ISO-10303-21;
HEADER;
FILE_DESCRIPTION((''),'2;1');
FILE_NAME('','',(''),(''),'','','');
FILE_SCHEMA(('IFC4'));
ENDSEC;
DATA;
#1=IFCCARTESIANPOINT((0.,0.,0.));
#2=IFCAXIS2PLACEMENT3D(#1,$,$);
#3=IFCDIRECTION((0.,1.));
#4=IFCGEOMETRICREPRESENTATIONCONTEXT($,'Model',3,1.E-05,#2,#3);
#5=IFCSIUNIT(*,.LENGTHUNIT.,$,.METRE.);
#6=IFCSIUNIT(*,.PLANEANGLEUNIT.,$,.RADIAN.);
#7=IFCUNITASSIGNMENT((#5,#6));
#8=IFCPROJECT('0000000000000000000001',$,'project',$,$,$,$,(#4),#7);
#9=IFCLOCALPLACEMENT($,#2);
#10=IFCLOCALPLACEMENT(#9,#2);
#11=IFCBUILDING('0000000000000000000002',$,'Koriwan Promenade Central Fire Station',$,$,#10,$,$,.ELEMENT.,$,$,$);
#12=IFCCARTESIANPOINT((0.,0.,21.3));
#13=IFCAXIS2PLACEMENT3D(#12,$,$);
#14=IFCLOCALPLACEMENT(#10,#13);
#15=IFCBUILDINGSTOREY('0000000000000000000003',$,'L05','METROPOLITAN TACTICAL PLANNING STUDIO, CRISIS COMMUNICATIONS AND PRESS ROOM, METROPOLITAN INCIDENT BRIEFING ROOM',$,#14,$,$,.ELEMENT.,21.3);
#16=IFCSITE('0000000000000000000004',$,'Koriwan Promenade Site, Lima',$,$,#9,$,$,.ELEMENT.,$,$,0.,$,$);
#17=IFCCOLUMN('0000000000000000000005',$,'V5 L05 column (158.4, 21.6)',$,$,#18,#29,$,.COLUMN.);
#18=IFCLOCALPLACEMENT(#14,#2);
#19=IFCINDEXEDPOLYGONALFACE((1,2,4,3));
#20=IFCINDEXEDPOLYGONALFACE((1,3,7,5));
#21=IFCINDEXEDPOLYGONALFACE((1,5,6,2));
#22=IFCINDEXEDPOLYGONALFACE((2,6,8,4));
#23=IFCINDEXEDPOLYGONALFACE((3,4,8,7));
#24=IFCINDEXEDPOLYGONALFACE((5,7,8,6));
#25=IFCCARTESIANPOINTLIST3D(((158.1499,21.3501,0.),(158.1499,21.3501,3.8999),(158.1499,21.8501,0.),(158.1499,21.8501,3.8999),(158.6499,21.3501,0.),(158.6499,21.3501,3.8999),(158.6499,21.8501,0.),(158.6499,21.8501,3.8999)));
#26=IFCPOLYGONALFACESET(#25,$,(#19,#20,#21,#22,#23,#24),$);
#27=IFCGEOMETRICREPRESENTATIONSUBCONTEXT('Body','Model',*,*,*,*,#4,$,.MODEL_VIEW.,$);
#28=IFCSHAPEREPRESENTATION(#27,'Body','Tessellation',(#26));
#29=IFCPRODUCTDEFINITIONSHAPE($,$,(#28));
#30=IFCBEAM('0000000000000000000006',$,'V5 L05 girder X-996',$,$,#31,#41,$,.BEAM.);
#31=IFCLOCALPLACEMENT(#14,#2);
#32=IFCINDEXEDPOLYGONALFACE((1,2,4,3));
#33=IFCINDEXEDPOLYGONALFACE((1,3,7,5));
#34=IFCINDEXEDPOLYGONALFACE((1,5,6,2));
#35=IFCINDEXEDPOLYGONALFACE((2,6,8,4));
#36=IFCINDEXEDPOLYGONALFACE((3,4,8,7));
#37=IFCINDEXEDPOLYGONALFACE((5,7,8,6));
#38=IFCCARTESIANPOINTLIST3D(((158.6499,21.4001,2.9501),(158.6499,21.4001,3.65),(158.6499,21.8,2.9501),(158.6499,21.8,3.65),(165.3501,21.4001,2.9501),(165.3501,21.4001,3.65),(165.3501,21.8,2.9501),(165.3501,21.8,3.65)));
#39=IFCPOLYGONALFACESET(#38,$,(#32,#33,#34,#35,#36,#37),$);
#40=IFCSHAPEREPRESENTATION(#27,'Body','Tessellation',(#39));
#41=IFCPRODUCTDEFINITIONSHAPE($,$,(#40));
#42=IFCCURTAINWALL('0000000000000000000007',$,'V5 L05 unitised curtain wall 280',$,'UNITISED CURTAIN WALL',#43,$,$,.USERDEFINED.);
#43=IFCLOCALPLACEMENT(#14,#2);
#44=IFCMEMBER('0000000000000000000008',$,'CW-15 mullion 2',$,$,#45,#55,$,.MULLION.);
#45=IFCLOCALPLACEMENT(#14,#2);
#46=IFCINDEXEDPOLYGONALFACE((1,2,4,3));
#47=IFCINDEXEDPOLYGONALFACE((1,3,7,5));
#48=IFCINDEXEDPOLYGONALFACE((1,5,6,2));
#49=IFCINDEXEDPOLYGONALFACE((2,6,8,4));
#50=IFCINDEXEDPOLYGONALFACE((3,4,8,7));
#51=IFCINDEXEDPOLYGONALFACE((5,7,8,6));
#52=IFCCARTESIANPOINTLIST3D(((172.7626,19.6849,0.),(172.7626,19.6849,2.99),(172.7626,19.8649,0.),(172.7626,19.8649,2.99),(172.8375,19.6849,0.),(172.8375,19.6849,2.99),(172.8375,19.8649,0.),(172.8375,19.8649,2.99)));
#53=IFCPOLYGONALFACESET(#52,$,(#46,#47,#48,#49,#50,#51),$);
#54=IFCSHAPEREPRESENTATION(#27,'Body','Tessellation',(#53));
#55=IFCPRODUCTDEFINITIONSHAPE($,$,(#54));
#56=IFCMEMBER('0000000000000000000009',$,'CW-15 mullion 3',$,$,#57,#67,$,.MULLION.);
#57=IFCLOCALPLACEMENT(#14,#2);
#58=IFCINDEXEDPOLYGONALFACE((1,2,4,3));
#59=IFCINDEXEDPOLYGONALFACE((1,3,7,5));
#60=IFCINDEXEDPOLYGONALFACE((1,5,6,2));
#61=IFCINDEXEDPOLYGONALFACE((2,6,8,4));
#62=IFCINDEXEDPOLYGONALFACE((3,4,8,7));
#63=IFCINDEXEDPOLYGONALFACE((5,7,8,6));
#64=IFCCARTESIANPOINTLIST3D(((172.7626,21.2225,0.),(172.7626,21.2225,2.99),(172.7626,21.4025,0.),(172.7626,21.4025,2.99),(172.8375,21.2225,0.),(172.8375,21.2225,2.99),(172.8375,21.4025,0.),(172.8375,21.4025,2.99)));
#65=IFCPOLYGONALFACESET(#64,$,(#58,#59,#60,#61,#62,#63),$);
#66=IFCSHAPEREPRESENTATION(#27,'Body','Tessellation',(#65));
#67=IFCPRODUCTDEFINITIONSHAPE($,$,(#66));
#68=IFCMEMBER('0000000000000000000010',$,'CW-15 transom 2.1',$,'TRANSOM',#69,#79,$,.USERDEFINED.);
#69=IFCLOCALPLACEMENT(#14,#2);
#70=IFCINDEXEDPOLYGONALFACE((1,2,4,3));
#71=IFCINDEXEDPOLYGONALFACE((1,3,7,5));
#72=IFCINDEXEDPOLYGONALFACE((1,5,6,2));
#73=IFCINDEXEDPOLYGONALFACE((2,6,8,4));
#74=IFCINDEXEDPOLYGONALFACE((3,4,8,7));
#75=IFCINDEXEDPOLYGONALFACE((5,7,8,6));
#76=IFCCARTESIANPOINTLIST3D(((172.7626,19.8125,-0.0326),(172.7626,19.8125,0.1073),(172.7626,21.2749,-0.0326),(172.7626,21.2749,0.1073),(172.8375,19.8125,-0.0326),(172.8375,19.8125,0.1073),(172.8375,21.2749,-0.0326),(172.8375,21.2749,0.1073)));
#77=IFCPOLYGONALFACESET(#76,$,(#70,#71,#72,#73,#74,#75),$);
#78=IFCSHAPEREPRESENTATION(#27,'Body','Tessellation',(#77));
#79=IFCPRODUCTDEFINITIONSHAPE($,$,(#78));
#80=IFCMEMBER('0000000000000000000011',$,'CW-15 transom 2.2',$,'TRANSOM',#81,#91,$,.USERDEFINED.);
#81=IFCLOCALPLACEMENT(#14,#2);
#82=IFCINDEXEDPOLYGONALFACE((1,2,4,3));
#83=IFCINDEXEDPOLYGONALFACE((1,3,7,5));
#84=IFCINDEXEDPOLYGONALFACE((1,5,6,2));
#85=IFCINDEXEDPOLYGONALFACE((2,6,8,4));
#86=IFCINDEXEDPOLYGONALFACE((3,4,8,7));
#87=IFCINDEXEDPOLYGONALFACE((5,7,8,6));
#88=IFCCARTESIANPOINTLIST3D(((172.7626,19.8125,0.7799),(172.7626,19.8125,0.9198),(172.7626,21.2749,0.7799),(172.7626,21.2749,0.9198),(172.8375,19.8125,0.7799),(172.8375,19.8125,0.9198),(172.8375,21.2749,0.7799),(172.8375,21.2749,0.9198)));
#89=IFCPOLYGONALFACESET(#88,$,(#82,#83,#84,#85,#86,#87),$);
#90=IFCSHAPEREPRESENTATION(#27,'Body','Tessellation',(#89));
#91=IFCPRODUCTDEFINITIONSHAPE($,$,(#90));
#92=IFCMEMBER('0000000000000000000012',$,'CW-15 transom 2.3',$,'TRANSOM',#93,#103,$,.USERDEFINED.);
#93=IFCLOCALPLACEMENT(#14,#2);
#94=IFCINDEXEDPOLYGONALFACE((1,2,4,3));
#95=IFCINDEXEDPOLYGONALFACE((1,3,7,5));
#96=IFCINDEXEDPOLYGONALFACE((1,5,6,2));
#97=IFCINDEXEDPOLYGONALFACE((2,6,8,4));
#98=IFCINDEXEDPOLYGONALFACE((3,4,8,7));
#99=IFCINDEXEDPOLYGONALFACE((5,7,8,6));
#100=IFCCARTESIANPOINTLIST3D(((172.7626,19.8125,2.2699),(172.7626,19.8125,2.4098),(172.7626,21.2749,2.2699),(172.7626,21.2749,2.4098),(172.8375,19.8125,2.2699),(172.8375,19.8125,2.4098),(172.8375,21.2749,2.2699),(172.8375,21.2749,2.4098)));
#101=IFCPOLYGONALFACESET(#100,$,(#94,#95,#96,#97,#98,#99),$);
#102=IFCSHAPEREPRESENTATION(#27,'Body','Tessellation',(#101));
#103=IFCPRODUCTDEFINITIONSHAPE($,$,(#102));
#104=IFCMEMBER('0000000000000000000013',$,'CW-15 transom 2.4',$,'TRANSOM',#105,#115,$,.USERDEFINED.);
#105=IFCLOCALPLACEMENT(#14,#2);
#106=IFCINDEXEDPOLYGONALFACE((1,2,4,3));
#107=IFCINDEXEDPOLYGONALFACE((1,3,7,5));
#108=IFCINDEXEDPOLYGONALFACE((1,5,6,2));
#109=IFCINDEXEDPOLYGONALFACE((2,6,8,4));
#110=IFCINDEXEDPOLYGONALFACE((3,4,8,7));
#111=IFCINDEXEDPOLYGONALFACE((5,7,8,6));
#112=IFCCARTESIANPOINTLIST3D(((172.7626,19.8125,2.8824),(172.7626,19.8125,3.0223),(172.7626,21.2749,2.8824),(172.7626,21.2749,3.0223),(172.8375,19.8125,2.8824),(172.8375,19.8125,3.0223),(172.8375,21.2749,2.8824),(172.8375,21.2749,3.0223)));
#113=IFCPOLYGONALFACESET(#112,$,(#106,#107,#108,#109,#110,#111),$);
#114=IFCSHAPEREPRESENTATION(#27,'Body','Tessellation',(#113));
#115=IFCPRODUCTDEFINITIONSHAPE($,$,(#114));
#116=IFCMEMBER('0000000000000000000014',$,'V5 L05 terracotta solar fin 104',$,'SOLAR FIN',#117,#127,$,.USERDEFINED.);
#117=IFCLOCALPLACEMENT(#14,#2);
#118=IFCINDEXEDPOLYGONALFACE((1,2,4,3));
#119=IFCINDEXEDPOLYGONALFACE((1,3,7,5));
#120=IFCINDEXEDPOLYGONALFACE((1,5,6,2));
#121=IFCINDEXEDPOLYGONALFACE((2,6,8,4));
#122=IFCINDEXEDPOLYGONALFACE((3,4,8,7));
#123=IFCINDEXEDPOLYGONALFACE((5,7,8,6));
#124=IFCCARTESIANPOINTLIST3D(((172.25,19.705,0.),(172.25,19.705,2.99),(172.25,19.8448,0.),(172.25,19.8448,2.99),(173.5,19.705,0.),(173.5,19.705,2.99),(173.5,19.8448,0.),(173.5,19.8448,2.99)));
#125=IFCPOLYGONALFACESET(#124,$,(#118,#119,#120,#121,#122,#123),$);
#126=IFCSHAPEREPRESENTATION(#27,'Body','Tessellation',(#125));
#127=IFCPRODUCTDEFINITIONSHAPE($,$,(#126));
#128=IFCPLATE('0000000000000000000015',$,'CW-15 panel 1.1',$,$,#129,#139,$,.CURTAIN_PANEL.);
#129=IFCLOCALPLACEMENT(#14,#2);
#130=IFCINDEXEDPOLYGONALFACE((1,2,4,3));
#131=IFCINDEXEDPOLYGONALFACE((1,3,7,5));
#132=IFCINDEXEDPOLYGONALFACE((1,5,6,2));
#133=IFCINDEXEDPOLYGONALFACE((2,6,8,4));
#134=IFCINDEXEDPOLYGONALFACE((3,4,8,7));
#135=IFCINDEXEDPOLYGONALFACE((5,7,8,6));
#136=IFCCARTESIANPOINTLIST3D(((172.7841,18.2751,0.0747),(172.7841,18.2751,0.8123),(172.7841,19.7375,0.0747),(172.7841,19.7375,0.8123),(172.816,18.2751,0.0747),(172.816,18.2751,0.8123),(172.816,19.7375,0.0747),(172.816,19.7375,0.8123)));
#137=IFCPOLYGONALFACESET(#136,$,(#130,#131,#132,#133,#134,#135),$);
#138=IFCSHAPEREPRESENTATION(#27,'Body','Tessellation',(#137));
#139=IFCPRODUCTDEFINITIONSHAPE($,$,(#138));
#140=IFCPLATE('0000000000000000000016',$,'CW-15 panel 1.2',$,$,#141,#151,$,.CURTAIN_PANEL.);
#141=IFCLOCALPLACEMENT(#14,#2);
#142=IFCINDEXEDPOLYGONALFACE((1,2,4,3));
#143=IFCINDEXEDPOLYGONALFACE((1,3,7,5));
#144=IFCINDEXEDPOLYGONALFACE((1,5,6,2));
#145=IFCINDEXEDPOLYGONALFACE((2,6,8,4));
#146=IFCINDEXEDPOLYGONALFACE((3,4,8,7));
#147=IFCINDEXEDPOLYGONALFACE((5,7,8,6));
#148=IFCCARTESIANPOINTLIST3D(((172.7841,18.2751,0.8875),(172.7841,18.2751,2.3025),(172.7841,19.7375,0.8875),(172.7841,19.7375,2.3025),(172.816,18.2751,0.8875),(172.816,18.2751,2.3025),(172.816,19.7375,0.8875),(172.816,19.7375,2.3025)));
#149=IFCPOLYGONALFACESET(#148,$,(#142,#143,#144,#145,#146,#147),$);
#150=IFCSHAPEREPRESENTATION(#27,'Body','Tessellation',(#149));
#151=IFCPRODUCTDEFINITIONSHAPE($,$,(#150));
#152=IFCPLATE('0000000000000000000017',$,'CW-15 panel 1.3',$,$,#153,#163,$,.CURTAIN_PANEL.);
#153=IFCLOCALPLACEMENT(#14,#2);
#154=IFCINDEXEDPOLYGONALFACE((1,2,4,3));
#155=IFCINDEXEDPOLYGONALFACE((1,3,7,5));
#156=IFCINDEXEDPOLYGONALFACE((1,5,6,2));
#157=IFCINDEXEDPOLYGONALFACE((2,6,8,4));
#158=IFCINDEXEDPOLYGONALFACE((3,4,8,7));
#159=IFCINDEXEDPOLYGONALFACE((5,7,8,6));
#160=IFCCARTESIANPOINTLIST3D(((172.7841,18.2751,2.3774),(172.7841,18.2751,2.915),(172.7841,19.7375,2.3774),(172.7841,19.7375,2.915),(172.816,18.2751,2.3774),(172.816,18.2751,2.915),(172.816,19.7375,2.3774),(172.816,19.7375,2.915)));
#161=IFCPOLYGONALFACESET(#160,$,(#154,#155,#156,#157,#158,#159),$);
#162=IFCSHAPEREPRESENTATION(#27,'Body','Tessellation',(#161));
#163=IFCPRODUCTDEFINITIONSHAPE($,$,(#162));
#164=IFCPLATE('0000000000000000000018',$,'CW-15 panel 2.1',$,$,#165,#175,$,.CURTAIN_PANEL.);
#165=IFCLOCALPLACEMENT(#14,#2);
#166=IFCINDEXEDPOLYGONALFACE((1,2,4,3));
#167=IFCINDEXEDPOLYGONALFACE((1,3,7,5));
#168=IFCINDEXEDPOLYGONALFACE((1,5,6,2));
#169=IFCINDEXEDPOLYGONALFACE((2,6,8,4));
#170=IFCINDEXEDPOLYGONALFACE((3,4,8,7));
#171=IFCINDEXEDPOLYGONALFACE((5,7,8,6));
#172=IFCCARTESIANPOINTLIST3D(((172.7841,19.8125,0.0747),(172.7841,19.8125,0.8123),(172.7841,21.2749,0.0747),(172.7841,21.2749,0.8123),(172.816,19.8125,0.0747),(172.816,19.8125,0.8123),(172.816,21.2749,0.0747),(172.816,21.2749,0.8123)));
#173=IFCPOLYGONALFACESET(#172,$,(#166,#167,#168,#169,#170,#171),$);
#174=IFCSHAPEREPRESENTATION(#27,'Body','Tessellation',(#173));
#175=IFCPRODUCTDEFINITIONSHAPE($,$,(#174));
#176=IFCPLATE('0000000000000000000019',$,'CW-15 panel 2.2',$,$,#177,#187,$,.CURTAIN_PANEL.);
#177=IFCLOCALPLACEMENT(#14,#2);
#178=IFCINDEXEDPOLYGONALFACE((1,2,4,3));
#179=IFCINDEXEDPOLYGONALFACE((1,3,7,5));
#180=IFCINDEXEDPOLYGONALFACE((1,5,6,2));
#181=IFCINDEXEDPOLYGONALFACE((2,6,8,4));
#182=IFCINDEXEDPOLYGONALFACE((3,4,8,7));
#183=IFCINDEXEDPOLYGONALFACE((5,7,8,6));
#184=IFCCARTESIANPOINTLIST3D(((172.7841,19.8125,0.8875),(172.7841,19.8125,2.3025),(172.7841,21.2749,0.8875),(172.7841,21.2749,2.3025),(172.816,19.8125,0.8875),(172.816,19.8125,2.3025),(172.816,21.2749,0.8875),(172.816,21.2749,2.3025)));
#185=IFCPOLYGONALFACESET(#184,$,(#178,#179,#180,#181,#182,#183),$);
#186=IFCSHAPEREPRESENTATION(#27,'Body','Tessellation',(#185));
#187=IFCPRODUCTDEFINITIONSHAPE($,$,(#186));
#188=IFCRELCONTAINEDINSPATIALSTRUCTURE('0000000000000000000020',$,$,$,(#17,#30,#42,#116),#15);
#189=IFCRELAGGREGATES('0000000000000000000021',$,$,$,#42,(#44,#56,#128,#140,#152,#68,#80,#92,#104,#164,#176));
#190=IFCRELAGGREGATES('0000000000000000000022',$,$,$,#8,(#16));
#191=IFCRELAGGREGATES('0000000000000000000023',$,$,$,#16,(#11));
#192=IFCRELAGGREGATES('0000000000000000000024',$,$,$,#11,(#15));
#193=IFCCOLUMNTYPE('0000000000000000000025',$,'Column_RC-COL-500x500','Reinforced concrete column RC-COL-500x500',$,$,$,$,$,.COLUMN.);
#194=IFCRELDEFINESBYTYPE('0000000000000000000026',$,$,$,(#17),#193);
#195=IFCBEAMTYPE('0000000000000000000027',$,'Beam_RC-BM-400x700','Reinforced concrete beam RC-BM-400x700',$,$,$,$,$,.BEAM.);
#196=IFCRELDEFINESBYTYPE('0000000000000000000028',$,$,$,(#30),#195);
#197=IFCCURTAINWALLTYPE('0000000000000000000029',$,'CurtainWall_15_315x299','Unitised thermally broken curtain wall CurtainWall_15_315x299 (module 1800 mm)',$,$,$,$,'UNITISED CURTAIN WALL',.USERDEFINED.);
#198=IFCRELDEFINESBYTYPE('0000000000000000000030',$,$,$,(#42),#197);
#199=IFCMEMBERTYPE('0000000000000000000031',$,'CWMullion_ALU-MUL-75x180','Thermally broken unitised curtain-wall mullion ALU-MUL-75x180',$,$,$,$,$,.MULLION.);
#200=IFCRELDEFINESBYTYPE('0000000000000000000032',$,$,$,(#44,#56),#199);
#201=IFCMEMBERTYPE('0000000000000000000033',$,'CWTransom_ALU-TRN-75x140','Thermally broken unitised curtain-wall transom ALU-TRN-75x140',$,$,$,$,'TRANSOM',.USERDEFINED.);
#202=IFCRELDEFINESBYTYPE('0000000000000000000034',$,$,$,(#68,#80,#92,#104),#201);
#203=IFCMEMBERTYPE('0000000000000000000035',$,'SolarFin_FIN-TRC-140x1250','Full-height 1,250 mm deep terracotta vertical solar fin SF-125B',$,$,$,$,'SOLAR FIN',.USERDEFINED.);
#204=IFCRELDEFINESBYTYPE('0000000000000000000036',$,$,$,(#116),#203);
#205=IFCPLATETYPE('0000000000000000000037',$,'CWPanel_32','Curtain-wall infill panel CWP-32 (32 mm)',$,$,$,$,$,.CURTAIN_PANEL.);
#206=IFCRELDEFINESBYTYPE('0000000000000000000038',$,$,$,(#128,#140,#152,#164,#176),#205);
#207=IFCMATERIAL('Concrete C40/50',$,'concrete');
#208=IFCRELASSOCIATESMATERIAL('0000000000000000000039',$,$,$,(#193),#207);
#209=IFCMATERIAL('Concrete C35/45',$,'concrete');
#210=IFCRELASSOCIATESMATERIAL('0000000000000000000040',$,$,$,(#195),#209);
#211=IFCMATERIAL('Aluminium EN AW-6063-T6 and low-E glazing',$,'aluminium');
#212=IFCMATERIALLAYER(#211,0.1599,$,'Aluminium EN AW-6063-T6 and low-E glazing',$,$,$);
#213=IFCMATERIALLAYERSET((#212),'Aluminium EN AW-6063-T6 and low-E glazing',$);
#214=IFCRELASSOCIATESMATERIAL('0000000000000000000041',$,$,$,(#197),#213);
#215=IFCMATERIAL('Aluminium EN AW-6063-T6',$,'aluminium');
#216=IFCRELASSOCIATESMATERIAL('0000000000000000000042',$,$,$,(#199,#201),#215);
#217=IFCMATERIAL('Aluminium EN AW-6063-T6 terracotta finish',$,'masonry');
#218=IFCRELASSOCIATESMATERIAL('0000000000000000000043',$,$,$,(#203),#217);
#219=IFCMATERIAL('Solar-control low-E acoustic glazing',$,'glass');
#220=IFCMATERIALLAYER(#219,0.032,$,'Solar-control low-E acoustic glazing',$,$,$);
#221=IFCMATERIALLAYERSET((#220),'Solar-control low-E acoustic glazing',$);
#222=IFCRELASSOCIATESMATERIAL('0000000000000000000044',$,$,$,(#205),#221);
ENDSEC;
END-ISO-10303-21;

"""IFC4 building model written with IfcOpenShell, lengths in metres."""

from ifc_helpers import new_model, si_unit, direction, frame, origin, origin_2d, place, context, subcontext, project, spatial, rectangle, extrude, material, layer, layer_set, material_profile, profile_set, type_object, element, aggregate, save


model = new_model("IFC4")

# Units and contexts
model_context = context("Model", 3, precision=1e-05, world=origin(), true_north=direction((0.0, 1.0)))
body_context = subcontext(model_context, "Body", "Model", "MODEL_VIEW")
ifc_project = project(units=[si_unit("LENGTHUNIT", "METRE"), si_unit("PLANEANGLEUNIT", "RADIAN")], contexts=[model_context])

# Site, building, storey
site_placement = place(None, origin())
site = spatial("IfcSite", under=ifc_project, at=site_placement, Name="Koriwan Promenade Site, Lima", CompositionType="ELEMENT", RefElevation=0.0)
building_placement = place(site_placement, origin())
building = spatial("IfcBuilding", under=site, at=building_placement, Name="Koriwan Promenade Central Fire Station", CompositionType="ELEMENT")
storey_placement = place(building_placement, frame((0.0, 0.0, 21.3)))
storey = spatial("IfcBuildingStorey", under=building, at=storey_placement, Name="L05", Description="METROPOLITAN TACTICAL PLANNING STUDIO, CRISIS COMMUNICATIONS AND PRESS ROOM, METROPOLITAN INCIDENT BRIEFING ROOM", CompositionType="ELEMENT", Elevation=21.3)

# Column
ifc_material_1 = material(Name="Concrete C40/50", Category="concrete")
ifc_material_profile_1 = material_profile(ifc_material_1, rectangle(XDim=0.5, YDim=0.5, at=origin_2d()), Name="RC-COL-500x500")
ifc_profile_set_1 = profile_set([ifc_material_profile_1], Name="Concrete C40/50")
column_type = type_object("IfcColumnType", Name="Column_RC-COL-500x500", Description="Reinforced concrete column RC-COL-500x500", PredefinedType="COLUMN", material=ifc_profile_set_1)
column_placement = place(storey_placement, frame((158.3999, 21.6001, 0.0), z_axis=(0.0, 0.0, 1.0), x_axis=(1.0, 0.0, 0.0)))
element("IfcColumn", 1, at=column_placement, inside=storey, type_object=column_type, Name="V5 L05 column (158.4, 21.6)", PredefinedType="COLUMN", context=body_context, shape_type="SweptSolid", body=[
    extrude(rectangle(XDim=0.5, YDim=0.5, at=origin_2d()), origin(), (0.0, 0.0, 1.0), 3.8999),
])

# Beam
ifc_material_2 = material(Name="Concrete C35/45", Category="concrete")
ifc_material_profile_2 = material_profile(ifc_material_2, rectangle(XDim=0.3999, YDim=0.7, at=origin_2d()), Name="RC-BM-400x700")
ifc_profile_set_2 = profile_set([ifc_material_profile_2], Name="Concrete C35/45")
beam_type = type_object("IfcBeamType", Name="Beam_RC-BM-400x700", Description="Reinforced concrete beam RC-BM-400x700", PredefinedType="BEAM", material=ifc_profile_set_2)
beam_placement = place(storey_placement, frame((158.6499, 21.6001, 3.3), z_axis=(1.0, 0.0, 0.0), x_axis=(0.0, 1.0, 0.0)))
element("IfcBeam", 2, at=beam_placement, inside=storey, type_object=beam_type, Name="V5 L05 girder X-996", PredefinedType="BEAM", context=body_context, shape_type="SweptSolid", body=[
    extrude(rectangle(XDim=0.3999, YDim=0.7, at=origin_2d()), origin(), (0.0, 0.0, 1.0), 6.7002),
])

# Curtain wall, members
ifc_material_3 = material(Name="Aluminium EN AW-6063-T6 and low-E glazing", Category="aluminium")
ifc_layer_1 = layer(ifc_material_3, 0.1599, Name="Aluminium EN AW-6063-T6 and low-E glazing")
ifc_layer_set_1 = layer_set([ifc_layer_1], Name="Aluminium EN AW-6063-T6 and low-E glazing")
curtain_wall_type = type_object("IfcCurtainWallType", Name="CurtainWall_15_315x299", Description="Unitised thermally broken curtain wall CurtainWall_15_315x299 (module 1800 mm)", ElementType="UNITISED CURTAIN WALL", PredefinedType="USERDEFINED", material=ifc_layer_set_1)
curtain_wall_placement = place(storey_placement, origin())
curtain_wall = element("IfcCurtainWall", 3, at=curtain_wall_placement, inside=storey, type_object=curtain_wall_type, Name="V5 L05 unitised curtain wall 280", ObjectType="UNITISED CURTAIN WALL", PredefinedType="USERDEFINED")
ifc_material_4 = material(Name="Aluminium EN AW-6063-T6", Category="aluminium")
ifc_material_profile_3 = material_profile(ifc_material_4, rectangle(XDim=0.075, YDim=0.1799, at=origin_2d()), Name="ALU-MUL-75x180")
ifc_profile_set_3 = profile_set([ifc_material_profile_3], Name="Aluminium EN AW-6063-T6")
member_type_1 = type_object("IfcMemberType", Name="CWMullion_ALU-MUL-75x180", Description="Thermally broken unitised curtain-wall mullion ALU-MUL-75x180", PredefinedType="MULLION", material=ifc_profile_set_3)
member_1_placement = place(storey_placement, frame((172.8, 19.7749, 0.0), z_axis=(0.0, 0.0, 1.0), x_axis=(-1.0, 0.0, 0.0)))
member_1 = element("IfcMember", 4, at=member_1_placement, type_object=member_type_1, Name="CW-15 mullion 2", PredefinedType="MULLION", context=body_context, shape_type="SweptSolid", body=[
    extrude(rectangle(XDim=0.075, YDim=0.1799, at=origin_2d()), origin(), (0.0, 0.0, 1.0), 2.99),
])
member_2_placement = place(storey_placement, frame((172.8, 21.3125, 0.0), z_axis=(0.0, 0.0, 1.0), x_axis=(-1.0, 0.0, 0.0)))
member_2 = element("IfcMember", 5, at=member_2_placement, type_object=member_type_1, Name="CW-15 mullion 3", PredefinedType="MULLION", context=body_context, shape_type="SweptSolid", body=[
    extrude(rectangle(XDim=0.075, YDim=0.1799, at=origin_2d()), origin(), (0.0, 0.0, 1.0), 2.99),
])
ifc_material_profile_4 = material_profile(ifc_material_4, rectangle(XDim=0.075, YDim=0.1399, at=origin_2d()), Name="ALU-TRN-75x140")
ifc_profile_set_4 = profile_set([ifc_material_profile_4], Name="Aluminium EN AW-6063-T6")
member_type_2 = type_object("IfcMemberType", Name="CWTransom_ALU-TRN-75x140", Description="Thermally broken unitised curtain-wall transom ALU-TRN-75x140", ElementType="TRANSOM", PredefinedType="USERDEFINED", material=ifc_profile_set_4)
member_3_placement = place(storey_placement, frame((172.8, 19.8125, 0.0374), z_axis=(0.0, 1.0, 0.0), x_axis=(-1.0, 0.0, 0.0)))
member_3 = element("IfcMember", 6, at=member_3_placement, type_object=member_type_2, Name="CW-15 transom 2.1", ObjectType="TRANSOM", PredefinedType="USERDEFINED", context=body_context, shape_type="SweptSolid", body=[
    extrude(rectangle(XDim=0.075, YDim=0.1399, at=origin_2d()), origin(), (0.0, 0.0, 1.0), 1.4624),
])
member_4_placement = place(storey_placement, frame((172.8, 19.8125, 0.8499), z_axis=(0.0, 1.0, 0.0), x_axis=(-1.0, 0.0, 0.0)))
member_4 = element("IfcMember", 7, at=member_4_placement, type_object=member_type_2, Name="CW-15 transom 2.2", ObjectType="TRANSOM", PredefinedType="USERDEFINED", context=body_context, shape_type="SweptSolid", body=[
    extrude(rectangle(XDim=0.075, YDim=0.1399, at=origin_2d()), origin(), (0.0, 0.0, 1.0), 1.4624),
])
member_5_placement = place(storey_placement, frame((172.8, 19.8125, 2.3398), z_axis=(0.0, 1.0, 0.0), x_axis=(-1.0, 0.0, 0.0)))
member_5 = element("IfcMember", 8, at=member_5_placement, type_object=member_type_2, Name="CW-15 transom 2.3", ObjectType="TRANSOM", PredefinedType="USERDEFINED", context=body_context, shape_type="SweptSolid", body=[
    extrude(rectangle(XDim=0.075, YDim=0.1399, at=origin_2d()), origin(), (0.0, 0.0, 1.0), 1.4624),
])
member_6_placement = place(storey_placement, frame((172.8, 19.8125, 2.9524), z_axis=(0.0, 1.0, 0.0), x_axis=(-1.0, 0.0, 0.0)))
member_6 = element("IfcMember", 9, at=member_6_placement, type_object=member_type_2, Name="CW-15 transom 2.4", ObjectType="TRANSOM", PredefinedType="USERDEFINED", context=body_context, shape_type="SweptSolid", body=[
    extrude(rectangle(XDim=0.075, YDim=0.1399, at=origin_2d()), origin(), (0.0, 0.0, 1.0), 1.4624),
])

# Member
ifc_material_5 = material(Name="Aluminium EN AW-6063-T6 terracotta finish", Category="masonry")
ifc_material_profile_5 = material_profile(ifc_material_5, rectangle(XDim=0.1399, YDim=1.25, at=origin_2d()), Name="FIN-TRC-140x1250")
ifc_profile_set_5 = profile_set([ifc_material_profile_5], Name="Aluminium EN AW-6063-T6 terracotta finish")
member_type_3 = type_object("IfcMemberType", Name="SolarFin_FIN-TRC-140x1250", Description="Full-height 1,250 mm deep terracotta vertical solar fin SF-125B", ElementType="SOLAR FIN", PredefinedType="USERDEFINED", material=ifc_profile_set_5)
member_7_placement = place(storey_placement, frame((172.875, 19.7749, 0.0), z_axis=(0.0, 0.0, 1.0), x_axis=(0.0, -1.0, 0.0)))
element("IfcMember", 10, at=member_7_placement, inside=storey, type_object=member_type_3, Name="V5 L05 terracotta solar fin 104", ObjectType="SOLAR FIN", PredefinedType="USERDEFINED", context=body_context, shape_type="SweptSolid", body=[
    extrude(rectangle(XDim=0.1399, YDim=1.25, at=origin_2d()), origin(), (0.0, 0.0, 1.0), 2.99),
])

# Plates
ifc_material_6 = material(Name="Solar-control low-E acoustic glazing", Category="glass")
ifc_layer_2 = layer(ifc_material_6, 0.032, Name="Solar-control low-E acoustic glazing")
ifc_layer_set_2 = layer_set([ifc_layer_2], Name="Solar-control low-E acoustic glazing")
plate_type = type_object("IfcPlateType", Name="CWPanel_32", Description="Curtain-wall infill panel CWP-32 (32 mm)", PredefinedType="CURTAIN_PANEL", material=ifc_layer_set_2)
plate_1_placement = place(storey_placement, frame((172.8, 19.0063, 0.0747), z_axis=(0.0, 0.0, 1.0), x_axis=(0.0, 1.0, 0.0)))
plate_1 = element("IfcPlate", 11, at=plate_1_placement, type_object=plate_type, Name="CW-15 panel 1.1", PredefinedType="CURTAIN_PANEL", context=body_context, shape_type="SweptSolid", body=[
    extrude(rectangle(XDim=1.4624, YDim=0.032, at=origin_2d()), origin(), (0.0, 0.0, 1.0), 0.7375),
])
plate_2_placement = place(storey_placement, frame((172.8, 19.0063, 0.8875), z_axis=(0.0, 0.0, 1.0), x_axis=(0.0, 1.0, 0.0)))
plate_2 = element("IfcPlate", 12, at=plate_2_placement, type_object=plate_type, Name="CW-15 panel 1.2", PredefinedType="CURTAIN_PANEL", context=body_context, shape_type="SweptSolid", body=[
    extrude(rectangle(XDim=1.4624, YDim=0.032, at=origin_2d()), origin(), (0.0, 0.0, 1.0), 1.415),
])
plate_3_placement = place(storey_placement, frame((172.8, 19.0063, 2.3774), z_axis=(0.0, 0.0, 1.0), x_axis=(0.0, 1.0, 0.0)))
plate_3 = element("IfcPlate", 13, at=plate_3_placement, type_object=plate_type, Name="CW-15 panel 1.3", PredefinedType="CURTAIN_PANEL", context=body_context, shape_type="SweptSolid", body=[
    extrude(rectangle(XDim=1.4624, YDim=0.032, at=origin_2d()), origin(), (0.0, 0.0, 1.0), 0.5376),
])
plate_4_placement = place(storey_placement, frame((172.8, 20.5437, 0.0747), z_axis=(0.0, 0.0, 1.0), x_axis=(0.0, 1.0, 0.0)))
plate_4 = element("IfcPlate", 14, at=plate_4_placement, type_object=plate_type, Name="CW-15 panel 2.1", PredefinedType="CURTAIN_PANEL", context=body_context, shape_type="SweptSolid", body=[
    extrude(rectangle(XDim=1.4624, YDim=0.032, at=origin_2d()), origin(), (0.0, 0.0, 1.0), 0.7375),
])
plate_5_placement = place(storey_placement, frame((172.8, 20.5437, 0.8875), z_axis=(0.0, 0.0, 1.0), x_axis=(0.0, 1.0, 0.0)))
plate_5 = element("IfcPlate", 15, at=plate_5_placement, type_object=plate_type, Name="CW-15 panel 2.2", PredefinedType="CURTAIN_PANEL", context=body_context, shape_type="SweptSolid", body=[
    extrude(rectangle(XDim=1.4624, YDim=0.032, at=origin_2d()), origin(), (0.0, 0.0, 1.0), 1.415),
])
aggregate(curtain_wall, [member_1, member_2, plate_1, plate_2, plate_3, member_3, member_4, member_5, member_6, plate_4, plate_5])

save(model, "model.ifc")
